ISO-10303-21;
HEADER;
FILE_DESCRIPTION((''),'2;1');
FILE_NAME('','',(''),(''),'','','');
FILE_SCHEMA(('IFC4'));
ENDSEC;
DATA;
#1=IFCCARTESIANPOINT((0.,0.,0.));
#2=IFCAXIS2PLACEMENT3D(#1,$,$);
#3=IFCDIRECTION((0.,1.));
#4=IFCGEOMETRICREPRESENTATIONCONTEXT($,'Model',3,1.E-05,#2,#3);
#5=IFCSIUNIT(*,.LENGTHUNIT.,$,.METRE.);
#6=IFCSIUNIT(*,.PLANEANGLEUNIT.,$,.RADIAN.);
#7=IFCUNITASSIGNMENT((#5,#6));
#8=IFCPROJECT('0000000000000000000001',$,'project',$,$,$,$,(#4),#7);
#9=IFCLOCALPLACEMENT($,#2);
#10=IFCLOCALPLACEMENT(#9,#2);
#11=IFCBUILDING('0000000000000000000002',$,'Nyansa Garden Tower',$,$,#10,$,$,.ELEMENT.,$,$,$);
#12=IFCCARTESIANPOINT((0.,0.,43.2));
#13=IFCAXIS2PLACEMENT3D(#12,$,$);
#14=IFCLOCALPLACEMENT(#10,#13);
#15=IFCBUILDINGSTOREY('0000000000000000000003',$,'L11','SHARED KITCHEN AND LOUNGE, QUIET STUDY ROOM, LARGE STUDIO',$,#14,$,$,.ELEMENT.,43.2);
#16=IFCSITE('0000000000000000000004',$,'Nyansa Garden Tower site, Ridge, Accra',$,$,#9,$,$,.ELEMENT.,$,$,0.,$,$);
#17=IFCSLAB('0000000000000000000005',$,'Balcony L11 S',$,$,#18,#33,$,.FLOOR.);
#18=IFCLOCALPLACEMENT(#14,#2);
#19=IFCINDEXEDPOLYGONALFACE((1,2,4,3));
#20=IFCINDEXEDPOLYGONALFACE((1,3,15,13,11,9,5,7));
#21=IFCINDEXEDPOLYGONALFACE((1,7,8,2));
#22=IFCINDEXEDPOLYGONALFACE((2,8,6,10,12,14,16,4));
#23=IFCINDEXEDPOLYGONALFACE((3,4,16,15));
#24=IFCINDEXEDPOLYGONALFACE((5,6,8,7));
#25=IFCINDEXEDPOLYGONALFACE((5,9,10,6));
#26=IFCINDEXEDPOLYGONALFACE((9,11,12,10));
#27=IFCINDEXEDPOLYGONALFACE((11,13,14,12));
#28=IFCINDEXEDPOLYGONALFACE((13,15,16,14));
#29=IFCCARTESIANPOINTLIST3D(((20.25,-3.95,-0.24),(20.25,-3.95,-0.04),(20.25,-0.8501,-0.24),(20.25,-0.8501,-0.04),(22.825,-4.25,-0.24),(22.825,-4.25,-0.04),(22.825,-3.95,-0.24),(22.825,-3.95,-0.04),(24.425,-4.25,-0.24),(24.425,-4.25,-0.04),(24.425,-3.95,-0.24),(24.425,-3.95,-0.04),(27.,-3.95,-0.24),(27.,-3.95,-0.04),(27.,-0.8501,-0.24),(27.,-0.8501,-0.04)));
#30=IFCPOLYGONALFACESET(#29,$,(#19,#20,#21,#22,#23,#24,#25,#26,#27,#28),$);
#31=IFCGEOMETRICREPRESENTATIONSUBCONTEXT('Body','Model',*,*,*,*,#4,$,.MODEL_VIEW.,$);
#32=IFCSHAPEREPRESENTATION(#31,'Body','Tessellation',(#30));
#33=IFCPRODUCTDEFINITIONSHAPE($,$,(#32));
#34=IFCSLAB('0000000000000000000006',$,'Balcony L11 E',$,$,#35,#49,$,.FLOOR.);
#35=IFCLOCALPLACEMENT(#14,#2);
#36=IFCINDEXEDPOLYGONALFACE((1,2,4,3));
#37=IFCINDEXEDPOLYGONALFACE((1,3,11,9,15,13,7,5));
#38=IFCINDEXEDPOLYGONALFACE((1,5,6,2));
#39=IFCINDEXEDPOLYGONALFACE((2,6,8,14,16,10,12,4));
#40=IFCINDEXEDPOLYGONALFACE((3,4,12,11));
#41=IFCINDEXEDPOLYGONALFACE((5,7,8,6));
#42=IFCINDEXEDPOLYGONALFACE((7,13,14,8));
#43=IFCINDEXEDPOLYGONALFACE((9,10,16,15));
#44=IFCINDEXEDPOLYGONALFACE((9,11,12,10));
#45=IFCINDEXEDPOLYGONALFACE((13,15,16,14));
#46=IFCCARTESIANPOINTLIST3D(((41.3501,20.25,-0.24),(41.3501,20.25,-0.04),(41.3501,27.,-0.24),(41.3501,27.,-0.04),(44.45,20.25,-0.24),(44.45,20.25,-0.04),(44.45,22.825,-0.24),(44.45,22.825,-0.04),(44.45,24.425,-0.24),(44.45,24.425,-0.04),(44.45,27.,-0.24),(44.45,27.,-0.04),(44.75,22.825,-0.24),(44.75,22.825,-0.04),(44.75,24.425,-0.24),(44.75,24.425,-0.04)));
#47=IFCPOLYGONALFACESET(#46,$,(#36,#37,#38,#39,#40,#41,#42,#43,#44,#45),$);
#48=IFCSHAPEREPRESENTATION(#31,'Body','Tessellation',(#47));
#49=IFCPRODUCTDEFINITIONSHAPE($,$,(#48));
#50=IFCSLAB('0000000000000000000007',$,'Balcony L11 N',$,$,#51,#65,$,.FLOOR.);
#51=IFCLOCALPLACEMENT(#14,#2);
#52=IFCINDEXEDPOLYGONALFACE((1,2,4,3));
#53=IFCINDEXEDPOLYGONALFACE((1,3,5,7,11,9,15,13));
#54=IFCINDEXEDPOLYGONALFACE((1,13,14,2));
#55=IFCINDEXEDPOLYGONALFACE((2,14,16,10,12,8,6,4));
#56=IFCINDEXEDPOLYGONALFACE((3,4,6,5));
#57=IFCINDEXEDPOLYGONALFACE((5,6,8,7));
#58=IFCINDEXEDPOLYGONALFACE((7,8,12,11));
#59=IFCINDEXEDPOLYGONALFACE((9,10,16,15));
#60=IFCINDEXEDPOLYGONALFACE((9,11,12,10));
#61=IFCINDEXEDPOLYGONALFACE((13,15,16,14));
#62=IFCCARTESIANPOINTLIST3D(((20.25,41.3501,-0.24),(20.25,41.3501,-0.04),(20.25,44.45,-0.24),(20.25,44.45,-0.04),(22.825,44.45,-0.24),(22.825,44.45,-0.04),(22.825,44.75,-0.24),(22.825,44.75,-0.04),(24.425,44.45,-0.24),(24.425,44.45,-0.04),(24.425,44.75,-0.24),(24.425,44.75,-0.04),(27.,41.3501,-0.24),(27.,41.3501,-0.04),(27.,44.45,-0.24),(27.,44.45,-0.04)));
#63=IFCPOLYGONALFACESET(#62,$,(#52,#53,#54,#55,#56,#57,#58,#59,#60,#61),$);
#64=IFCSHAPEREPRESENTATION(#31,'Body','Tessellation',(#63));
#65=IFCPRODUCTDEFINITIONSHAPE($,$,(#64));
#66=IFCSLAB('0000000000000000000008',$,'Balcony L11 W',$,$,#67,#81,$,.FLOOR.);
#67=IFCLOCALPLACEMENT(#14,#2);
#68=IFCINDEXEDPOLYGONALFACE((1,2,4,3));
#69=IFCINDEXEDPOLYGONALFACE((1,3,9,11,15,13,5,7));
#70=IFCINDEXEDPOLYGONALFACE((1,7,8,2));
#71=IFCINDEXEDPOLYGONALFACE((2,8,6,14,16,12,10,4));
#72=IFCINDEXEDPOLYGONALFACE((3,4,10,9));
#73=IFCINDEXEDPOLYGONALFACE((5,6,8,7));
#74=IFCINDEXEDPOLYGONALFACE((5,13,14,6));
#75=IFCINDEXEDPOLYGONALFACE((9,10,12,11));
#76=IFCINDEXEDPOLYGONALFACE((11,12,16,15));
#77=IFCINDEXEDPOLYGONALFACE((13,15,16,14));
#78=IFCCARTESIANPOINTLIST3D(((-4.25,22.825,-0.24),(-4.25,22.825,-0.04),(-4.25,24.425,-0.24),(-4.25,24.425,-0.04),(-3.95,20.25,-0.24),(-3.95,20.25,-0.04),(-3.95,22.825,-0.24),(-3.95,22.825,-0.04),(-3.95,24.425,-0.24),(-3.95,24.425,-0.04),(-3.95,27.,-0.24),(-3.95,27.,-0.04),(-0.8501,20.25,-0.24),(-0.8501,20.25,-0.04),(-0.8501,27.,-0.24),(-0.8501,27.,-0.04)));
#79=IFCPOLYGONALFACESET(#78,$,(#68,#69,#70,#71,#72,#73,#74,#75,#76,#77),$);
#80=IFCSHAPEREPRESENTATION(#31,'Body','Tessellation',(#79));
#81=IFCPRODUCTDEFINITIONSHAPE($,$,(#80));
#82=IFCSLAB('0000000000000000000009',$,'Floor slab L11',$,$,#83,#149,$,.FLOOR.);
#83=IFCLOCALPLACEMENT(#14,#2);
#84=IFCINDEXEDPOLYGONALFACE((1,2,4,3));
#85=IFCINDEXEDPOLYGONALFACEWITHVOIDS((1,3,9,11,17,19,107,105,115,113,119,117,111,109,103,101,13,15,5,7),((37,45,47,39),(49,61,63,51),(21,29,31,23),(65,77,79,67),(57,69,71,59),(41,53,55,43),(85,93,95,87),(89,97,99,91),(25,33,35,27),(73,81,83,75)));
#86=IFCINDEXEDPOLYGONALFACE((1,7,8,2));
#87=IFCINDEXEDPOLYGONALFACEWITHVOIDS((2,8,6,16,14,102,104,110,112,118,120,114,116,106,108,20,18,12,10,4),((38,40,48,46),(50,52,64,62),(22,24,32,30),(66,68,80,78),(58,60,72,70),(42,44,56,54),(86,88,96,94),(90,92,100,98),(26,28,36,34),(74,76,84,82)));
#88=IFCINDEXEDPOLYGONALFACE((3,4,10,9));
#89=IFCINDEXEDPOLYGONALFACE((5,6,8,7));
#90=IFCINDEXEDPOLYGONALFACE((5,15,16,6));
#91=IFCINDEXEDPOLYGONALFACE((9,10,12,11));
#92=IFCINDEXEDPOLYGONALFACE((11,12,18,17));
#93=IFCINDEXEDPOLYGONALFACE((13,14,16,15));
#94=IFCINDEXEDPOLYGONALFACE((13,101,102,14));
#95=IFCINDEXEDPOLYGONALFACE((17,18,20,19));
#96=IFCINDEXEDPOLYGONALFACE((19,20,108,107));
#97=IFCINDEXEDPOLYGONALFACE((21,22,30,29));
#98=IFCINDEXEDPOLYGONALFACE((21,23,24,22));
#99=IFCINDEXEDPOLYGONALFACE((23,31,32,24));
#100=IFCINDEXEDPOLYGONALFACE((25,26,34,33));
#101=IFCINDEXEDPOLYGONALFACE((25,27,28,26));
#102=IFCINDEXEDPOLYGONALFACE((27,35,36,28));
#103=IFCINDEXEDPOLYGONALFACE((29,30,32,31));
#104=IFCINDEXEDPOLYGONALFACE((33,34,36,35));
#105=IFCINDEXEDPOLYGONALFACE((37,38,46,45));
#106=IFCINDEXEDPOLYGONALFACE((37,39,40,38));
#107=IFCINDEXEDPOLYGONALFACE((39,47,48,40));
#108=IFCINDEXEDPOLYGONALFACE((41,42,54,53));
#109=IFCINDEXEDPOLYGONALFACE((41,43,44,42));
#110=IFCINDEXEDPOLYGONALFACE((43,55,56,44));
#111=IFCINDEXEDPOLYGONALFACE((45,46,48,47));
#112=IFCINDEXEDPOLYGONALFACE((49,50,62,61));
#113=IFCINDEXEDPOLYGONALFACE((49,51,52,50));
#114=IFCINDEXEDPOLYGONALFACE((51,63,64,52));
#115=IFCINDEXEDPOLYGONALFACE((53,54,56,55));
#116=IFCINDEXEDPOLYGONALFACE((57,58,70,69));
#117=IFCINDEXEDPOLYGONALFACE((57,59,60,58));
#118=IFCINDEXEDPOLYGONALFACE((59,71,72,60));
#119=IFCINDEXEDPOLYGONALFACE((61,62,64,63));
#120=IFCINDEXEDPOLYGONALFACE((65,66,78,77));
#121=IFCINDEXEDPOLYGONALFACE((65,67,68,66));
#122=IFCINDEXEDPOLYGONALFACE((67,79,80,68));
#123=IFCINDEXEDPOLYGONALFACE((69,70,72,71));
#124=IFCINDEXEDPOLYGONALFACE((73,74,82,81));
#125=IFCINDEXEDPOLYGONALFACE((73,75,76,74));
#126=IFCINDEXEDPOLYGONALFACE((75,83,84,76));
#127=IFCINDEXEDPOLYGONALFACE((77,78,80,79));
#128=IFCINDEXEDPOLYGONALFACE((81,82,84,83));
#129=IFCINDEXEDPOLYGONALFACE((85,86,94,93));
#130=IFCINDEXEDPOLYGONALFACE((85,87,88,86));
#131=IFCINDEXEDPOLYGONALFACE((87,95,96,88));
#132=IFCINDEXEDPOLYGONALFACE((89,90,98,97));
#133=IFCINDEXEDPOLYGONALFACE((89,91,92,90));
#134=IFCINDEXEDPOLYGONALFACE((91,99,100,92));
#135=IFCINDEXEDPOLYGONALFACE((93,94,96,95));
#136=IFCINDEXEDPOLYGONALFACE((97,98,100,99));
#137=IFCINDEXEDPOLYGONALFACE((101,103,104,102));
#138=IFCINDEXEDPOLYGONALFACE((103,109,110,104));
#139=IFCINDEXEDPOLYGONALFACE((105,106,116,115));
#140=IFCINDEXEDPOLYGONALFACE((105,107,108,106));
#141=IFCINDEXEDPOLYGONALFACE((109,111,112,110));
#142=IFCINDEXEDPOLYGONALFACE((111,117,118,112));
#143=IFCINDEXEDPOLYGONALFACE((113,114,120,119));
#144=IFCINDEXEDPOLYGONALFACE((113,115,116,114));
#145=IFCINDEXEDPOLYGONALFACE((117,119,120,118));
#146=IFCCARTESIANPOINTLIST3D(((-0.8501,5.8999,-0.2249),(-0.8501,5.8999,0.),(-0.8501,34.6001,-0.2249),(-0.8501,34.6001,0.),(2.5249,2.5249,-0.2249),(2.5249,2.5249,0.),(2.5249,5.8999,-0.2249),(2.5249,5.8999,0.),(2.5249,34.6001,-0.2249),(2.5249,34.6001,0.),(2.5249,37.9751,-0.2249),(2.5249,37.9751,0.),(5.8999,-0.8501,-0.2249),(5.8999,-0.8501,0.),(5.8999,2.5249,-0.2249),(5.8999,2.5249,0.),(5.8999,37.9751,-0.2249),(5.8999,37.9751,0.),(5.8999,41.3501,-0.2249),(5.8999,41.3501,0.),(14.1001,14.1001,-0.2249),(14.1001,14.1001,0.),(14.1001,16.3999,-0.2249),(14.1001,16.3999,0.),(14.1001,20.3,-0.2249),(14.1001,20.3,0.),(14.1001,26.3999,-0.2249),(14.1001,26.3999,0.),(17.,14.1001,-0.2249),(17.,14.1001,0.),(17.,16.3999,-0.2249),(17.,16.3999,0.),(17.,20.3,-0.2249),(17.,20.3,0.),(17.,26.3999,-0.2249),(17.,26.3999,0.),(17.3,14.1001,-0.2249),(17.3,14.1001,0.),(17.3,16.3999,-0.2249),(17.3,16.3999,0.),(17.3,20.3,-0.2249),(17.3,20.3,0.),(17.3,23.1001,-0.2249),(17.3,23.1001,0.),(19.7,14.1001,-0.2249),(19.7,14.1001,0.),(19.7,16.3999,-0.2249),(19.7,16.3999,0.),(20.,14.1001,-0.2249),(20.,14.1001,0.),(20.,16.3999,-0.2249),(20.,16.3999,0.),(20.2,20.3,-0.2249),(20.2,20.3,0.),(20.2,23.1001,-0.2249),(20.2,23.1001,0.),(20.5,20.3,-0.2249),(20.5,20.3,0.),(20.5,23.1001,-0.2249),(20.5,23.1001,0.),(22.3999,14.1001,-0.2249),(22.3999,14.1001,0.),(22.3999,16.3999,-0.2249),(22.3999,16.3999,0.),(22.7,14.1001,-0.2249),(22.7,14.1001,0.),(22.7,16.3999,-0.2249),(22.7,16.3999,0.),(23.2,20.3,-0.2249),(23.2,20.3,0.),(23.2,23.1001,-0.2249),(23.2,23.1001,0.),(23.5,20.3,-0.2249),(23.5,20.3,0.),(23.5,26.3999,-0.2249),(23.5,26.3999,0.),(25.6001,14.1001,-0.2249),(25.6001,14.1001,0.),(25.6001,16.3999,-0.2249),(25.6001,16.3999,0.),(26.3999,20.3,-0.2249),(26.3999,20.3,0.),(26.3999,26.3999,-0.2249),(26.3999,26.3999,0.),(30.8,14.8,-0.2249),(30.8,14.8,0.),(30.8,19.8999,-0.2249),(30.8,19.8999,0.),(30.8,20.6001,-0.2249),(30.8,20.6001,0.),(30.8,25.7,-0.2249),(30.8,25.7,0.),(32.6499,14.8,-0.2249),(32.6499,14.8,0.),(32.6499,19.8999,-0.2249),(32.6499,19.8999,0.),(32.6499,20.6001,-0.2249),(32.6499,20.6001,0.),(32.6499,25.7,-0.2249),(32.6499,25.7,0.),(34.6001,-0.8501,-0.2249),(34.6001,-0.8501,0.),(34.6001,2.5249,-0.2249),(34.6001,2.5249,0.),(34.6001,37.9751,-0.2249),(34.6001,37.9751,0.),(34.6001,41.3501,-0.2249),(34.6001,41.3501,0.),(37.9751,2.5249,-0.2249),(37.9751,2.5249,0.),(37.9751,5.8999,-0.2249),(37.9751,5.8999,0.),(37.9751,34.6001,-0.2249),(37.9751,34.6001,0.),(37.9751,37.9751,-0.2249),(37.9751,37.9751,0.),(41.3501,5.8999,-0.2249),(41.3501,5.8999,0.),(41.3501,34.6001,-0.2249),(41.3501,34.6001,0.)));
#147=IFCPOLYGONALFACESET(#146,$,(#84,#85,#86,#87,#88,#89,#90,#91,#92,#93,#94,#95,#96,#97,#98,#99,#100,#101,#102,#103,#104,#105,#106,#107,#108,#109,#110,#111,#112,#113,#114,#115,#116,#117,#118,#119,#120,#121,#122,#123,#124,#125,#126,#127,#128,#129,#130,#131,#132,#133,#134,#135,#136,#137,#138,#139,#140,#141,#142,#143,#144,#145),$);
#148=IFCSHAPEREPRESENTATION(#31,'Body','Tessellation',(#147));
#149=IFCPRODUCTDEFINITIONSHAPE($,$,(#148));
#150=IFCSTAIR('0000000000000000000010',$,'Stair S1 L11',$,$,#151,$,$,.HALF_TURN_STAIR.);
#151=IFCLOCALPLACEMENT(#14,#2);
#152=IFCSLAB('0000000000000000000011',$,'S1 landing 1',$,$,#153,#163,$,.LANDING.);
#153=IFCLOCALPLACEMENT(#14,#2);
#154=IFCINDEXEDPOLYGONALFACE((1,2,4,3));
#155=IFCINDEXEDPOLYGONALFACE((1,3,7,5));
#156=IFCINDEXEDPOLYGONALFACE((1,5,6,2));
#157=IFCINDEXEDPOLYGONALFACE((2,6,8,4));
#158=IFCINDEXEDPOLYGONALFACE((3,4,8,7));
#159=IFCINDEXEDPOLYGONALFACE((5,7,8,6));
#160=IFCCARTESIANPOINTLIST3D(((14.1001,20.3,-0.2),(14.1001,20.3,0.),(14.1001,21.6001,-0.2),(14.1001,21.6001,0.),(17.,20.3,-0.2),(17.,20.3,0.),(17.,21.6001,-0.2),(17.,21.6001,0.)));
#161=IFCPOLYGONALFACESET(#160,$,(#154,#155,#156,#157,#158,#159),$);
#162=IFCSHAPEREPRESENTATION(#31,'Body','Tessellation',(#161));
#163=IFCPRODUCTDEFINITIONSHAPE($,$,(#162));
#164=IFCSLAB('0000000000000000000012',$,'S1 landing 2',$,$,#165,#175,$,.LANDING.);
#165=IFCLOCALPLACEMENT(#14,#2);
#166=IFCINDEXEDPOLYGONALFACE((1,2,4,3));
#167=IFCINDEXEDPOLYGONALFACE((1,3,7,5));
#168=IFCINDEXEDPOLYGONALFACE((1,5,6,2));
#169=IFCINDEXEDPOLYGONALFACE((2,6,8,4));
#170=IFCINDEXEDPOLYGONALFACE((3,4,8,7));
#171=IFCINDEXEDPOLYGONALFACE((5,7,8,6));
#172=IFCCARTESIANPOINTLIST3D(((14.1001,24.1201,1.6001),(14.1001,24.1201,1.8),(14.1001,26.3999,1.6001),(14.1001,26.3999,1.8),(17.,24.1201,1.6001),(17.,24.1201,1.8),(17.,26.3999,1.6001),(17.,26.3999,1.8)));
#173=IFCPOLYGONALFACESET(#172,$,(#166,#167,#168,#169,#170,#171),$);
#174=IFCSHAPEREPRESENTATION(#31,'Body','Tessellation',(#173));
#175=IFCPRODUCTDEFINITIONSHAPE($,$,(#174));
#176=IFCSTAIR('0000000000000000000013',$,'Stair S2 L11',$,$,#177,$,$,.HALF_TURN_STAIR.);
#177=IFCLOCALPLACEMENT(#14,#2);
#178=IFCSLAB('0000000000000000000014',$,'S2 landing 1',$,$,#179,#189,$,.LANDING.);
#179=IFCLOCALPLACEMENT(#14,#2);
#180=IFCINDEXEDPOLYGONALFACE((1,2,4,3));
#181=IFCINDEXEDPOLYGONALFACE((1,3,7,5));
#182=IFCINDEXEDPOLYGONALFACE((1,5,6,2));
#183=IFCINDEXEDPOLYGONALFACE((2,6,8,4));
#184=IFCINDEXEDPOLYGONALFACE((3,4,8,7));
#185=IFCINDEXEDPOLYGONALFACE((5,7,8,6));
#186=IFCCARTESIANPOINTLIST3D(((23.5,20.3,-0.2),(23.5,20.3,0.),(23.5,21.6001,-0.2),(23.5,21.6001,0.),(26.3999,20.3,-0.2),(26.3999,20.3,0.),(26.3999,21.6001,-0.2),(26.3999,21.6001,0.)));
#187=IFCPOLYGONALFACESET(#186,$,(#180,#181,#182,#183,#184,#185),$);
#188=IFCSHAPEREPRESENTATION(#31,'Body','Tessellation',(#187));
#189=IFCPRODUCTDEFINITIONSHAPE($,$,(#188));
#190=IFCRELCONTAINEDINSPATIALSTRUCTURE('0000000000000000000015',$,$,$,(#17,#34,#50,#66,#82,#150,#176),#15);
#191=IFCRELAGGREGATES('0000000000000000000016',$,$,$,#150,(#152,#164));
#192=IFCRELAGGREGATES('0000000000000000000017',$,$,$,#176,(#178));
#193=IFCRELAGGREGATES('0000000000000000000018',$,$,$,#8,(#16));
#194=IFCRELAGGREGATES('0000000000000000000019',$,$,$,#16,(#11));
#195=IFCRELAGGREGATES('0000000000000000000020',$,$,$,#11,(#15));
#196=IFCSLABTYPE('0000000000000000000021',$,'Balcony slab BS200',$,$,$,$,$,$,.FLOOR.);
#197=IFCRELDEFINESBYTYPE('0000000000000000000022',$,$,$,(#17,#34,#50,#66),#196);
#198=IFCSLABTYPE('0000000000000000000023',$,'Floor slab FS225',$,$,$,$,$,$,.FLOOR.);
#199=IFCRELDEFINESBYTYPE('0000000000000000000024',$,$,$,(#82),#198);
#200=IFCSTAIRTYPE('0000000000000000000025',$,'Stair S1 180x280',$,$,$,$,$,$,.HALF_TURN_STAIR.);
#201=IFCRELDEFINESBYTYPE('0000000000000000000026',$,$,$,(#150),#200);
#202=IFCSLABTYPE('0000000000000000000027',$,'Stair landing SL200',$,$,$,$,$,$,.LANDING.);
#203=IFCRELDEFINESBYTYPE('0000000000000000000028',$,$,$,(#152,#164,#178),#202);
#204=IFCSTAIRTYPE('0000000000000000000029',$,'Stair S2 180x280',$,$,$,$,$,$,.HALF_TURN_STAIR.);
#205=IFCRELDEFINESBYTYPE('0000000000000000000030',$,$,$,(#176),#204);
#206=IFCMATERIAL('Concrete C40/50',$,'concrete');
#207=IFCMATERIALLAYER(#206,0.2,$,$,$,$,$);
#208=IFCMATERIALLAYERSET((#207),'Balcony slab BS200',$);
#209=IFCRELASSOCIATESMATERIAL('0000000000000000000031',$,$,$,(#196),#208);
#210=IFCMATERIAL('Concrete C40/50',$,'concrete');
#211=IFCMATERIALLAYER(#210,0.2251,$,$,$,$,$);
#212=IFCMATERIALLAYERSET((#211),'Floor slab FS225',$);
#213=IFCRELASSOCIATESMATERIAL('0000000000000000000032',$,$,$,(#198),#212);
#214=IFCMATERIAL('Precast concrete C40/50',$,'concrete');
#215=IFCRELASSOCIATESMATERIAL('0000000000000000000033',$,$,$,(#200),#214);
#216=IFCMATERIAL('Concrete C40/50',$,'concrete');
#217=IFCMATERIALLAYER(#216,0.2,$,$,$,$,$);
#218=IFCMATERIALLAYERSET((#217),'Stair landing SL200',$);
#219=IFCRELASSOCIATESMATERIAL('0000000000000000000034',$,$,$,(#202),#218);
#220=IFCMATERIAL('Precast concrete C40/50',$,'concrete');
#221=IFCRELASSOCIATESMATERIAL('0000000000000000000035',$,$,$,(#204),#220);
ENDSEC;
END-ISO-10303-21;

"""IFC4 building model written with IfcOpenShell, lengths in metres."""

from ifc_helpers import new_model, si_unit, direction, frame, origin, place, context, subcontext, project, spatial, polyline, outline, extrude, material, layer, layer_set, type_object, element, aggregate, save


model = new_model("IFC4")

# Units and contexts
model_context = context("Model", 3, precision=1e-05, world=origin(), true_north=direction((0.0, 1.0)))
body_context = subcontext(model_context, "Body", "Model", "MODEL_VIEW")
ifc_project = project(units=[si_unit("LENGTHUNIT", "METRE"), si_unit("PLANEANGLEUNIT", "RADIAN")], contexts=[model_context])

# Site, building, storey
site_placement = place(None, origin())
site = spatial("IfcSite", under=ifc_project, at=site_placement, Name="Nyansa Garden Tower site, Ridge, Accra", CompositionType="ELEMENT", RefElevation=0.0)
building_placement = place(site_placement, origin())
building = spatial("IfcBuilding", under=site, at=building_placement, Name="Nyansa Garden Tower", CompositionType="ELEMENT")
storey_placement = place(building_placement, frame((0.0, 0.0, 43.2)))
storey = spatial("IfcBuildingStorey", under=building, at=storey_placement, Name="L11", Description="SHARED KITCHEN AND LOUNGE, QUIET STUDY ROOM, LARGE STUDIO", CompositionType="ELEMENT", Elevation=43.2)

# Slabs
ifc_material_1 = material(Name="Concrete C40/50", Category="concrete")
ifc_layer_1 = layer(ifc_material_1, 0.2)
ifc_layer_set_1 = layer_set([ifc_layer_1], Name="Balcony slab BS200")
slab_type_1 = type_object("IfcSlabType", Name="Balcony slab BS200", PredefinedType="FLOOR", material=ifc_layer_set_1)
slab_1_placement = place(storey_placement, frame((0.0, 0.0, -0.24)))
element("IfcSlab", 1, at=slab_1_placement, inside=storey, type_object=slab_type_1, Name="Balcony L11 S", PredefinedType="FLOOR", context=body_context, shape_type="SweptSolid", body=[
    extrude(outline(polyline([(20.25, -0.8501), (27.0, -0.8501), (27.0, -3.95), (24.425, -3.95), (24.425, -4.25), (22.825, -4.25), (22.825, -3.95), (20.25, -3.95), (20.25, -0.8501)])), origin(), (0.0, 0.0, 1.0), 0.2),
])
slab_2_placement = place(storey_placement, frame((0.0, 0.0, -0.24)))
element("IfcSlab", 2, at=slab_2_placement, inside=storey, type_object=slab_type_1, Name="Balcony L11 E", PredefinedType="FLOOR", context=body_context, shape_type="SweptSolid", body=[
    extrude(outline(polyline([(41.3501, 20.25), (41.3501, 27.0), (44.45, 27.0), (44.45, 24.425), (44.75, 24.425), (44.75, 22.825), (44.45, 22.825), (44.45, 20.25), (41.3501, 20.25)])), origin(), (0.0, 0.0, 1.0), 0.2),
])
slab_3_placement = place(storey_placement, frame((0.0, 0.0, -0.24)))
element("IfcSlab", 3, at=slab_3_placement, inside=storey, type_object=slab_type_1, Name="Balcony L11 N", PredefinedType="FLOOR", context=body_context, shape_type="SweptSolid", body=[
    extrude(outline(polyline([(20.25, 41.3501), (27.0, 41.3501), (27.0, 44.45), (24.425, 44.45), (24.425, 44.75), (22.825, 44.75), (22.825, 44.45), (20.25, 44.45), (20.25, 41.3501)])), origin(), (0.0, 0.0, 1.0), 0.2),
])
slab_4_placement = place(storey_placement, frame((0.0, 0.0, -0.24)))
element("IfcSlab", 4, at=slab_4_placement, inside=storey, type_object=slab_type_1, Name="Balcony L11 W", PredefinedType="FLOOR", context=body_context, shape_type="SweptSolid", body=[
    extrude(outline(polyline([(-0.8501, 20.25), (-0.8501, 27.0), (-3.95, 27.0), (-3.95, 24.425), (-4.25, 24.425), (-4.25, 22.825), (-3.95, 22.825), (-3.95, 20.25), (-0.8501, 20.25)])), origin(), (0.0, 0.0, 1.0), 0.2),
])
ifc_material_2 = material(Name="Concrete C40/50", Category="concrete")
ifc_layer_2 = layer(ifc_material_2, 0.2251)
ifc_layer_set_2 = layer_set([ifc_layer_2], Name="Floor slab FS225")
slab_type_2 = type_object("IfcSlabType", Name="Floor slab FS225", PredefinedType="FLOOR", material=ifc_layer_set_2)
slab_5_placement = place(storey_placement, frame((0.0, 0.0, -0.2249)))
element("IfcSlab", 5, at=slab_5_placement, inside=storey, type_object=slab_type_2, Name="Floor slab L11", PredefinedType="FLOOR", context=body_context, shape_type="SweptSolid", body=[
    extrude(outline(polyline([(41.3501, 5.8999), (37.9751, 5.8999), (37.9751, 2.5249), (34.6001, 2.5249), (34.6001, -0.8501), (5.8999, -0.8501), (5.8999, 2.5249), (2.5249, 2.5249), (2.5249, 5.8999), (-0.8501, 5.8999), (-0.8501, 34.6001), (2.5249, 34.6001), (2.5249, 37.9751), (5.8999, 37.9751), (5.8999, 41.3501), (34.6001, 41.3501), (34.6001, 37.9751), (37.9751, 37.9751), (37.9751, 34.6001), (41.3501, 34.6001), (41.3501, 5.8999)]), holes=[polyline([(14.1001, 14.1001), (17.0, 14.1001), (17.0, 16.3999), (14.1001, 16.3999), (14.1001, 14.1001)]), polyline([(17.3, 14.1001), (19.7, 14.1001), (19.7, 16.3999), (17.3, 16.3999), (17.3, 14.1001)]), polyline([(20.0, 14.1001), (22.3999, 14.1001), (22.3999, 16.3999), (20.0, 16.3999), (20.0, 14.1001)]), polyline([(22.7, 14.1001), (25.6001, 14.1001), (25.6001, 16.3999), (22.7, 16.3999), (22.7, 14.1001)]), polyline([(17.3, 20.3), (20.2, 20.3), (20.2, 23.1001), (17.3, 23.1001), (17.3, 20.3)]), polyline([(20.5, 20.3), (23.2, 20.3), (23.2, 23.1001), (20.5, 23.1001), (20.5, 20.3)]), polyline([(30.8, 14.8), (32.6499, 14.8), (32.6499, 19.8999), (30.8, 19.8999), (30.8, 14.8)]), polyline([(30.8, 20.6001), (32.6499, 20.6001), (32.6499, 25.7), (30.8, 25.7), (30.8, 20.6001)]), polyline([(14.1001, 20.3), (17.0, 20.3), (17.0, 26.3999), (14.1001, 26.3999), (14.1001, 20.3)]), polyline([(23.5, 20.3), (26.3999, 20.3), (26.3999, 26.3999), (23.5, 26.3999), (23.5, 20.3)])]), origin(), (0.0, 0.0, 1.0), 0.2249),
])

# Stair, slabs
ifc_material_3 = material(Name="Precast concrete C40/50", Category="concrete")
stair_type_1 = type_object("IfcStairType", Name="Stair S1 180x280", PredefinedType="HALF_TURN_STAIR", material=ifc_material_3)
stair_1_placement = place(storey_placement, origin())
stair_1 = element("IfcStair", 6, at=stair_1_placement, inside=storey, type_object=stair_type_1, Name="Stair S1 L11", PredefinedType="HALF_TURN_STAIR")
ifc_material_4 = material(Name="Concrete C40/50", Category="concrete")
ifc_layer_3 = layer(ifc_material_4, 0.2)
ifc_layer_set_3 = layer_set([ifc_layer_3], Name="Stair landing SL200")
slab_type_3 = type_object("IfcSlabType", Name="Stair landing SL200", PredefinedType="LANDING", material=ifc_layer_set_3)
slab_6_placement = place(storey_placement, frame((0.0, 0.0, -0.2)))
slab_6 = element("IfcSlab", 7, at=slab_6_placement, type_object=slab_type_3, Name="S1 landing 1", PredefinedType="LANDING", context=body_context, shape_type="SweptSolid", body=[
    extrude(outline(polyline([(14.1001, 20.3), (17.0, 20.3), (17.0, 21.6001), (14.1001, 21.6001), (14.1001, 20.3)])), origin(), (0.0, 0.0, 1.0), 0.2),
])
slab_7_placement = place(storey_placement, frame((0.0, 0.0, 1.6001)))
slab_7 = element("IfcSlab", 8, at=slab_7_placement, type_object=slab_type_3, Name="S1 landing 2", PredefinedType="LANDING", context=body_context, shape_type="SweptSolid", body=[
    extrude(outline(polyline([(14.1001, 24.1201), (17.0, 24.1201), (17.0, 26.3999), (14.1001, 26.3999), (14.1001, 24.1201)])), origin(), (0.0, 0.0, 1.0), 0.2),
])
aggregate(stair_1, [slab_6, slab_7])

# Stair, slab
ifc_material_5 = material(Name="Precast concrete C40/50", Category="concrete")
stair_type_2 = type_object("IfcStairType", Name="Stair S2 180x280", PredefinedType="HALF_TURN_STAIR", material=ifc_material_5)
stair_2_placement = place(storey_placement, origin())
stair_2 = element("IfcStair", 9, at=stair_2_placement, inside=storey, type_object=stair_type_2, Name="Stair S2 L11", PredefinedType="HALF_TURN_STAIR")
slab_8_placement = place(storey_placement, frame((0.0, 0.0, -0.2)))
slab_8 = element("IfcSlab", 10, at=slab_8_placement, type_object=slab_type_3, Name="S2 landing 1", PredefinedType="LANDING", context=body_context, shape_type="SweptSolid", body=[
    extrude(outline(polyline([(23.5, 20.3), (26.3999, 20.3), (26.3999, 21.6001), (23.5, 21.6001), (23.5, 20.3)])), origin(), (0.0, 0.0, 1.0), 0.2),
])
aggregate(stair_2, [slab_8])

save(model, "model.ifc")
